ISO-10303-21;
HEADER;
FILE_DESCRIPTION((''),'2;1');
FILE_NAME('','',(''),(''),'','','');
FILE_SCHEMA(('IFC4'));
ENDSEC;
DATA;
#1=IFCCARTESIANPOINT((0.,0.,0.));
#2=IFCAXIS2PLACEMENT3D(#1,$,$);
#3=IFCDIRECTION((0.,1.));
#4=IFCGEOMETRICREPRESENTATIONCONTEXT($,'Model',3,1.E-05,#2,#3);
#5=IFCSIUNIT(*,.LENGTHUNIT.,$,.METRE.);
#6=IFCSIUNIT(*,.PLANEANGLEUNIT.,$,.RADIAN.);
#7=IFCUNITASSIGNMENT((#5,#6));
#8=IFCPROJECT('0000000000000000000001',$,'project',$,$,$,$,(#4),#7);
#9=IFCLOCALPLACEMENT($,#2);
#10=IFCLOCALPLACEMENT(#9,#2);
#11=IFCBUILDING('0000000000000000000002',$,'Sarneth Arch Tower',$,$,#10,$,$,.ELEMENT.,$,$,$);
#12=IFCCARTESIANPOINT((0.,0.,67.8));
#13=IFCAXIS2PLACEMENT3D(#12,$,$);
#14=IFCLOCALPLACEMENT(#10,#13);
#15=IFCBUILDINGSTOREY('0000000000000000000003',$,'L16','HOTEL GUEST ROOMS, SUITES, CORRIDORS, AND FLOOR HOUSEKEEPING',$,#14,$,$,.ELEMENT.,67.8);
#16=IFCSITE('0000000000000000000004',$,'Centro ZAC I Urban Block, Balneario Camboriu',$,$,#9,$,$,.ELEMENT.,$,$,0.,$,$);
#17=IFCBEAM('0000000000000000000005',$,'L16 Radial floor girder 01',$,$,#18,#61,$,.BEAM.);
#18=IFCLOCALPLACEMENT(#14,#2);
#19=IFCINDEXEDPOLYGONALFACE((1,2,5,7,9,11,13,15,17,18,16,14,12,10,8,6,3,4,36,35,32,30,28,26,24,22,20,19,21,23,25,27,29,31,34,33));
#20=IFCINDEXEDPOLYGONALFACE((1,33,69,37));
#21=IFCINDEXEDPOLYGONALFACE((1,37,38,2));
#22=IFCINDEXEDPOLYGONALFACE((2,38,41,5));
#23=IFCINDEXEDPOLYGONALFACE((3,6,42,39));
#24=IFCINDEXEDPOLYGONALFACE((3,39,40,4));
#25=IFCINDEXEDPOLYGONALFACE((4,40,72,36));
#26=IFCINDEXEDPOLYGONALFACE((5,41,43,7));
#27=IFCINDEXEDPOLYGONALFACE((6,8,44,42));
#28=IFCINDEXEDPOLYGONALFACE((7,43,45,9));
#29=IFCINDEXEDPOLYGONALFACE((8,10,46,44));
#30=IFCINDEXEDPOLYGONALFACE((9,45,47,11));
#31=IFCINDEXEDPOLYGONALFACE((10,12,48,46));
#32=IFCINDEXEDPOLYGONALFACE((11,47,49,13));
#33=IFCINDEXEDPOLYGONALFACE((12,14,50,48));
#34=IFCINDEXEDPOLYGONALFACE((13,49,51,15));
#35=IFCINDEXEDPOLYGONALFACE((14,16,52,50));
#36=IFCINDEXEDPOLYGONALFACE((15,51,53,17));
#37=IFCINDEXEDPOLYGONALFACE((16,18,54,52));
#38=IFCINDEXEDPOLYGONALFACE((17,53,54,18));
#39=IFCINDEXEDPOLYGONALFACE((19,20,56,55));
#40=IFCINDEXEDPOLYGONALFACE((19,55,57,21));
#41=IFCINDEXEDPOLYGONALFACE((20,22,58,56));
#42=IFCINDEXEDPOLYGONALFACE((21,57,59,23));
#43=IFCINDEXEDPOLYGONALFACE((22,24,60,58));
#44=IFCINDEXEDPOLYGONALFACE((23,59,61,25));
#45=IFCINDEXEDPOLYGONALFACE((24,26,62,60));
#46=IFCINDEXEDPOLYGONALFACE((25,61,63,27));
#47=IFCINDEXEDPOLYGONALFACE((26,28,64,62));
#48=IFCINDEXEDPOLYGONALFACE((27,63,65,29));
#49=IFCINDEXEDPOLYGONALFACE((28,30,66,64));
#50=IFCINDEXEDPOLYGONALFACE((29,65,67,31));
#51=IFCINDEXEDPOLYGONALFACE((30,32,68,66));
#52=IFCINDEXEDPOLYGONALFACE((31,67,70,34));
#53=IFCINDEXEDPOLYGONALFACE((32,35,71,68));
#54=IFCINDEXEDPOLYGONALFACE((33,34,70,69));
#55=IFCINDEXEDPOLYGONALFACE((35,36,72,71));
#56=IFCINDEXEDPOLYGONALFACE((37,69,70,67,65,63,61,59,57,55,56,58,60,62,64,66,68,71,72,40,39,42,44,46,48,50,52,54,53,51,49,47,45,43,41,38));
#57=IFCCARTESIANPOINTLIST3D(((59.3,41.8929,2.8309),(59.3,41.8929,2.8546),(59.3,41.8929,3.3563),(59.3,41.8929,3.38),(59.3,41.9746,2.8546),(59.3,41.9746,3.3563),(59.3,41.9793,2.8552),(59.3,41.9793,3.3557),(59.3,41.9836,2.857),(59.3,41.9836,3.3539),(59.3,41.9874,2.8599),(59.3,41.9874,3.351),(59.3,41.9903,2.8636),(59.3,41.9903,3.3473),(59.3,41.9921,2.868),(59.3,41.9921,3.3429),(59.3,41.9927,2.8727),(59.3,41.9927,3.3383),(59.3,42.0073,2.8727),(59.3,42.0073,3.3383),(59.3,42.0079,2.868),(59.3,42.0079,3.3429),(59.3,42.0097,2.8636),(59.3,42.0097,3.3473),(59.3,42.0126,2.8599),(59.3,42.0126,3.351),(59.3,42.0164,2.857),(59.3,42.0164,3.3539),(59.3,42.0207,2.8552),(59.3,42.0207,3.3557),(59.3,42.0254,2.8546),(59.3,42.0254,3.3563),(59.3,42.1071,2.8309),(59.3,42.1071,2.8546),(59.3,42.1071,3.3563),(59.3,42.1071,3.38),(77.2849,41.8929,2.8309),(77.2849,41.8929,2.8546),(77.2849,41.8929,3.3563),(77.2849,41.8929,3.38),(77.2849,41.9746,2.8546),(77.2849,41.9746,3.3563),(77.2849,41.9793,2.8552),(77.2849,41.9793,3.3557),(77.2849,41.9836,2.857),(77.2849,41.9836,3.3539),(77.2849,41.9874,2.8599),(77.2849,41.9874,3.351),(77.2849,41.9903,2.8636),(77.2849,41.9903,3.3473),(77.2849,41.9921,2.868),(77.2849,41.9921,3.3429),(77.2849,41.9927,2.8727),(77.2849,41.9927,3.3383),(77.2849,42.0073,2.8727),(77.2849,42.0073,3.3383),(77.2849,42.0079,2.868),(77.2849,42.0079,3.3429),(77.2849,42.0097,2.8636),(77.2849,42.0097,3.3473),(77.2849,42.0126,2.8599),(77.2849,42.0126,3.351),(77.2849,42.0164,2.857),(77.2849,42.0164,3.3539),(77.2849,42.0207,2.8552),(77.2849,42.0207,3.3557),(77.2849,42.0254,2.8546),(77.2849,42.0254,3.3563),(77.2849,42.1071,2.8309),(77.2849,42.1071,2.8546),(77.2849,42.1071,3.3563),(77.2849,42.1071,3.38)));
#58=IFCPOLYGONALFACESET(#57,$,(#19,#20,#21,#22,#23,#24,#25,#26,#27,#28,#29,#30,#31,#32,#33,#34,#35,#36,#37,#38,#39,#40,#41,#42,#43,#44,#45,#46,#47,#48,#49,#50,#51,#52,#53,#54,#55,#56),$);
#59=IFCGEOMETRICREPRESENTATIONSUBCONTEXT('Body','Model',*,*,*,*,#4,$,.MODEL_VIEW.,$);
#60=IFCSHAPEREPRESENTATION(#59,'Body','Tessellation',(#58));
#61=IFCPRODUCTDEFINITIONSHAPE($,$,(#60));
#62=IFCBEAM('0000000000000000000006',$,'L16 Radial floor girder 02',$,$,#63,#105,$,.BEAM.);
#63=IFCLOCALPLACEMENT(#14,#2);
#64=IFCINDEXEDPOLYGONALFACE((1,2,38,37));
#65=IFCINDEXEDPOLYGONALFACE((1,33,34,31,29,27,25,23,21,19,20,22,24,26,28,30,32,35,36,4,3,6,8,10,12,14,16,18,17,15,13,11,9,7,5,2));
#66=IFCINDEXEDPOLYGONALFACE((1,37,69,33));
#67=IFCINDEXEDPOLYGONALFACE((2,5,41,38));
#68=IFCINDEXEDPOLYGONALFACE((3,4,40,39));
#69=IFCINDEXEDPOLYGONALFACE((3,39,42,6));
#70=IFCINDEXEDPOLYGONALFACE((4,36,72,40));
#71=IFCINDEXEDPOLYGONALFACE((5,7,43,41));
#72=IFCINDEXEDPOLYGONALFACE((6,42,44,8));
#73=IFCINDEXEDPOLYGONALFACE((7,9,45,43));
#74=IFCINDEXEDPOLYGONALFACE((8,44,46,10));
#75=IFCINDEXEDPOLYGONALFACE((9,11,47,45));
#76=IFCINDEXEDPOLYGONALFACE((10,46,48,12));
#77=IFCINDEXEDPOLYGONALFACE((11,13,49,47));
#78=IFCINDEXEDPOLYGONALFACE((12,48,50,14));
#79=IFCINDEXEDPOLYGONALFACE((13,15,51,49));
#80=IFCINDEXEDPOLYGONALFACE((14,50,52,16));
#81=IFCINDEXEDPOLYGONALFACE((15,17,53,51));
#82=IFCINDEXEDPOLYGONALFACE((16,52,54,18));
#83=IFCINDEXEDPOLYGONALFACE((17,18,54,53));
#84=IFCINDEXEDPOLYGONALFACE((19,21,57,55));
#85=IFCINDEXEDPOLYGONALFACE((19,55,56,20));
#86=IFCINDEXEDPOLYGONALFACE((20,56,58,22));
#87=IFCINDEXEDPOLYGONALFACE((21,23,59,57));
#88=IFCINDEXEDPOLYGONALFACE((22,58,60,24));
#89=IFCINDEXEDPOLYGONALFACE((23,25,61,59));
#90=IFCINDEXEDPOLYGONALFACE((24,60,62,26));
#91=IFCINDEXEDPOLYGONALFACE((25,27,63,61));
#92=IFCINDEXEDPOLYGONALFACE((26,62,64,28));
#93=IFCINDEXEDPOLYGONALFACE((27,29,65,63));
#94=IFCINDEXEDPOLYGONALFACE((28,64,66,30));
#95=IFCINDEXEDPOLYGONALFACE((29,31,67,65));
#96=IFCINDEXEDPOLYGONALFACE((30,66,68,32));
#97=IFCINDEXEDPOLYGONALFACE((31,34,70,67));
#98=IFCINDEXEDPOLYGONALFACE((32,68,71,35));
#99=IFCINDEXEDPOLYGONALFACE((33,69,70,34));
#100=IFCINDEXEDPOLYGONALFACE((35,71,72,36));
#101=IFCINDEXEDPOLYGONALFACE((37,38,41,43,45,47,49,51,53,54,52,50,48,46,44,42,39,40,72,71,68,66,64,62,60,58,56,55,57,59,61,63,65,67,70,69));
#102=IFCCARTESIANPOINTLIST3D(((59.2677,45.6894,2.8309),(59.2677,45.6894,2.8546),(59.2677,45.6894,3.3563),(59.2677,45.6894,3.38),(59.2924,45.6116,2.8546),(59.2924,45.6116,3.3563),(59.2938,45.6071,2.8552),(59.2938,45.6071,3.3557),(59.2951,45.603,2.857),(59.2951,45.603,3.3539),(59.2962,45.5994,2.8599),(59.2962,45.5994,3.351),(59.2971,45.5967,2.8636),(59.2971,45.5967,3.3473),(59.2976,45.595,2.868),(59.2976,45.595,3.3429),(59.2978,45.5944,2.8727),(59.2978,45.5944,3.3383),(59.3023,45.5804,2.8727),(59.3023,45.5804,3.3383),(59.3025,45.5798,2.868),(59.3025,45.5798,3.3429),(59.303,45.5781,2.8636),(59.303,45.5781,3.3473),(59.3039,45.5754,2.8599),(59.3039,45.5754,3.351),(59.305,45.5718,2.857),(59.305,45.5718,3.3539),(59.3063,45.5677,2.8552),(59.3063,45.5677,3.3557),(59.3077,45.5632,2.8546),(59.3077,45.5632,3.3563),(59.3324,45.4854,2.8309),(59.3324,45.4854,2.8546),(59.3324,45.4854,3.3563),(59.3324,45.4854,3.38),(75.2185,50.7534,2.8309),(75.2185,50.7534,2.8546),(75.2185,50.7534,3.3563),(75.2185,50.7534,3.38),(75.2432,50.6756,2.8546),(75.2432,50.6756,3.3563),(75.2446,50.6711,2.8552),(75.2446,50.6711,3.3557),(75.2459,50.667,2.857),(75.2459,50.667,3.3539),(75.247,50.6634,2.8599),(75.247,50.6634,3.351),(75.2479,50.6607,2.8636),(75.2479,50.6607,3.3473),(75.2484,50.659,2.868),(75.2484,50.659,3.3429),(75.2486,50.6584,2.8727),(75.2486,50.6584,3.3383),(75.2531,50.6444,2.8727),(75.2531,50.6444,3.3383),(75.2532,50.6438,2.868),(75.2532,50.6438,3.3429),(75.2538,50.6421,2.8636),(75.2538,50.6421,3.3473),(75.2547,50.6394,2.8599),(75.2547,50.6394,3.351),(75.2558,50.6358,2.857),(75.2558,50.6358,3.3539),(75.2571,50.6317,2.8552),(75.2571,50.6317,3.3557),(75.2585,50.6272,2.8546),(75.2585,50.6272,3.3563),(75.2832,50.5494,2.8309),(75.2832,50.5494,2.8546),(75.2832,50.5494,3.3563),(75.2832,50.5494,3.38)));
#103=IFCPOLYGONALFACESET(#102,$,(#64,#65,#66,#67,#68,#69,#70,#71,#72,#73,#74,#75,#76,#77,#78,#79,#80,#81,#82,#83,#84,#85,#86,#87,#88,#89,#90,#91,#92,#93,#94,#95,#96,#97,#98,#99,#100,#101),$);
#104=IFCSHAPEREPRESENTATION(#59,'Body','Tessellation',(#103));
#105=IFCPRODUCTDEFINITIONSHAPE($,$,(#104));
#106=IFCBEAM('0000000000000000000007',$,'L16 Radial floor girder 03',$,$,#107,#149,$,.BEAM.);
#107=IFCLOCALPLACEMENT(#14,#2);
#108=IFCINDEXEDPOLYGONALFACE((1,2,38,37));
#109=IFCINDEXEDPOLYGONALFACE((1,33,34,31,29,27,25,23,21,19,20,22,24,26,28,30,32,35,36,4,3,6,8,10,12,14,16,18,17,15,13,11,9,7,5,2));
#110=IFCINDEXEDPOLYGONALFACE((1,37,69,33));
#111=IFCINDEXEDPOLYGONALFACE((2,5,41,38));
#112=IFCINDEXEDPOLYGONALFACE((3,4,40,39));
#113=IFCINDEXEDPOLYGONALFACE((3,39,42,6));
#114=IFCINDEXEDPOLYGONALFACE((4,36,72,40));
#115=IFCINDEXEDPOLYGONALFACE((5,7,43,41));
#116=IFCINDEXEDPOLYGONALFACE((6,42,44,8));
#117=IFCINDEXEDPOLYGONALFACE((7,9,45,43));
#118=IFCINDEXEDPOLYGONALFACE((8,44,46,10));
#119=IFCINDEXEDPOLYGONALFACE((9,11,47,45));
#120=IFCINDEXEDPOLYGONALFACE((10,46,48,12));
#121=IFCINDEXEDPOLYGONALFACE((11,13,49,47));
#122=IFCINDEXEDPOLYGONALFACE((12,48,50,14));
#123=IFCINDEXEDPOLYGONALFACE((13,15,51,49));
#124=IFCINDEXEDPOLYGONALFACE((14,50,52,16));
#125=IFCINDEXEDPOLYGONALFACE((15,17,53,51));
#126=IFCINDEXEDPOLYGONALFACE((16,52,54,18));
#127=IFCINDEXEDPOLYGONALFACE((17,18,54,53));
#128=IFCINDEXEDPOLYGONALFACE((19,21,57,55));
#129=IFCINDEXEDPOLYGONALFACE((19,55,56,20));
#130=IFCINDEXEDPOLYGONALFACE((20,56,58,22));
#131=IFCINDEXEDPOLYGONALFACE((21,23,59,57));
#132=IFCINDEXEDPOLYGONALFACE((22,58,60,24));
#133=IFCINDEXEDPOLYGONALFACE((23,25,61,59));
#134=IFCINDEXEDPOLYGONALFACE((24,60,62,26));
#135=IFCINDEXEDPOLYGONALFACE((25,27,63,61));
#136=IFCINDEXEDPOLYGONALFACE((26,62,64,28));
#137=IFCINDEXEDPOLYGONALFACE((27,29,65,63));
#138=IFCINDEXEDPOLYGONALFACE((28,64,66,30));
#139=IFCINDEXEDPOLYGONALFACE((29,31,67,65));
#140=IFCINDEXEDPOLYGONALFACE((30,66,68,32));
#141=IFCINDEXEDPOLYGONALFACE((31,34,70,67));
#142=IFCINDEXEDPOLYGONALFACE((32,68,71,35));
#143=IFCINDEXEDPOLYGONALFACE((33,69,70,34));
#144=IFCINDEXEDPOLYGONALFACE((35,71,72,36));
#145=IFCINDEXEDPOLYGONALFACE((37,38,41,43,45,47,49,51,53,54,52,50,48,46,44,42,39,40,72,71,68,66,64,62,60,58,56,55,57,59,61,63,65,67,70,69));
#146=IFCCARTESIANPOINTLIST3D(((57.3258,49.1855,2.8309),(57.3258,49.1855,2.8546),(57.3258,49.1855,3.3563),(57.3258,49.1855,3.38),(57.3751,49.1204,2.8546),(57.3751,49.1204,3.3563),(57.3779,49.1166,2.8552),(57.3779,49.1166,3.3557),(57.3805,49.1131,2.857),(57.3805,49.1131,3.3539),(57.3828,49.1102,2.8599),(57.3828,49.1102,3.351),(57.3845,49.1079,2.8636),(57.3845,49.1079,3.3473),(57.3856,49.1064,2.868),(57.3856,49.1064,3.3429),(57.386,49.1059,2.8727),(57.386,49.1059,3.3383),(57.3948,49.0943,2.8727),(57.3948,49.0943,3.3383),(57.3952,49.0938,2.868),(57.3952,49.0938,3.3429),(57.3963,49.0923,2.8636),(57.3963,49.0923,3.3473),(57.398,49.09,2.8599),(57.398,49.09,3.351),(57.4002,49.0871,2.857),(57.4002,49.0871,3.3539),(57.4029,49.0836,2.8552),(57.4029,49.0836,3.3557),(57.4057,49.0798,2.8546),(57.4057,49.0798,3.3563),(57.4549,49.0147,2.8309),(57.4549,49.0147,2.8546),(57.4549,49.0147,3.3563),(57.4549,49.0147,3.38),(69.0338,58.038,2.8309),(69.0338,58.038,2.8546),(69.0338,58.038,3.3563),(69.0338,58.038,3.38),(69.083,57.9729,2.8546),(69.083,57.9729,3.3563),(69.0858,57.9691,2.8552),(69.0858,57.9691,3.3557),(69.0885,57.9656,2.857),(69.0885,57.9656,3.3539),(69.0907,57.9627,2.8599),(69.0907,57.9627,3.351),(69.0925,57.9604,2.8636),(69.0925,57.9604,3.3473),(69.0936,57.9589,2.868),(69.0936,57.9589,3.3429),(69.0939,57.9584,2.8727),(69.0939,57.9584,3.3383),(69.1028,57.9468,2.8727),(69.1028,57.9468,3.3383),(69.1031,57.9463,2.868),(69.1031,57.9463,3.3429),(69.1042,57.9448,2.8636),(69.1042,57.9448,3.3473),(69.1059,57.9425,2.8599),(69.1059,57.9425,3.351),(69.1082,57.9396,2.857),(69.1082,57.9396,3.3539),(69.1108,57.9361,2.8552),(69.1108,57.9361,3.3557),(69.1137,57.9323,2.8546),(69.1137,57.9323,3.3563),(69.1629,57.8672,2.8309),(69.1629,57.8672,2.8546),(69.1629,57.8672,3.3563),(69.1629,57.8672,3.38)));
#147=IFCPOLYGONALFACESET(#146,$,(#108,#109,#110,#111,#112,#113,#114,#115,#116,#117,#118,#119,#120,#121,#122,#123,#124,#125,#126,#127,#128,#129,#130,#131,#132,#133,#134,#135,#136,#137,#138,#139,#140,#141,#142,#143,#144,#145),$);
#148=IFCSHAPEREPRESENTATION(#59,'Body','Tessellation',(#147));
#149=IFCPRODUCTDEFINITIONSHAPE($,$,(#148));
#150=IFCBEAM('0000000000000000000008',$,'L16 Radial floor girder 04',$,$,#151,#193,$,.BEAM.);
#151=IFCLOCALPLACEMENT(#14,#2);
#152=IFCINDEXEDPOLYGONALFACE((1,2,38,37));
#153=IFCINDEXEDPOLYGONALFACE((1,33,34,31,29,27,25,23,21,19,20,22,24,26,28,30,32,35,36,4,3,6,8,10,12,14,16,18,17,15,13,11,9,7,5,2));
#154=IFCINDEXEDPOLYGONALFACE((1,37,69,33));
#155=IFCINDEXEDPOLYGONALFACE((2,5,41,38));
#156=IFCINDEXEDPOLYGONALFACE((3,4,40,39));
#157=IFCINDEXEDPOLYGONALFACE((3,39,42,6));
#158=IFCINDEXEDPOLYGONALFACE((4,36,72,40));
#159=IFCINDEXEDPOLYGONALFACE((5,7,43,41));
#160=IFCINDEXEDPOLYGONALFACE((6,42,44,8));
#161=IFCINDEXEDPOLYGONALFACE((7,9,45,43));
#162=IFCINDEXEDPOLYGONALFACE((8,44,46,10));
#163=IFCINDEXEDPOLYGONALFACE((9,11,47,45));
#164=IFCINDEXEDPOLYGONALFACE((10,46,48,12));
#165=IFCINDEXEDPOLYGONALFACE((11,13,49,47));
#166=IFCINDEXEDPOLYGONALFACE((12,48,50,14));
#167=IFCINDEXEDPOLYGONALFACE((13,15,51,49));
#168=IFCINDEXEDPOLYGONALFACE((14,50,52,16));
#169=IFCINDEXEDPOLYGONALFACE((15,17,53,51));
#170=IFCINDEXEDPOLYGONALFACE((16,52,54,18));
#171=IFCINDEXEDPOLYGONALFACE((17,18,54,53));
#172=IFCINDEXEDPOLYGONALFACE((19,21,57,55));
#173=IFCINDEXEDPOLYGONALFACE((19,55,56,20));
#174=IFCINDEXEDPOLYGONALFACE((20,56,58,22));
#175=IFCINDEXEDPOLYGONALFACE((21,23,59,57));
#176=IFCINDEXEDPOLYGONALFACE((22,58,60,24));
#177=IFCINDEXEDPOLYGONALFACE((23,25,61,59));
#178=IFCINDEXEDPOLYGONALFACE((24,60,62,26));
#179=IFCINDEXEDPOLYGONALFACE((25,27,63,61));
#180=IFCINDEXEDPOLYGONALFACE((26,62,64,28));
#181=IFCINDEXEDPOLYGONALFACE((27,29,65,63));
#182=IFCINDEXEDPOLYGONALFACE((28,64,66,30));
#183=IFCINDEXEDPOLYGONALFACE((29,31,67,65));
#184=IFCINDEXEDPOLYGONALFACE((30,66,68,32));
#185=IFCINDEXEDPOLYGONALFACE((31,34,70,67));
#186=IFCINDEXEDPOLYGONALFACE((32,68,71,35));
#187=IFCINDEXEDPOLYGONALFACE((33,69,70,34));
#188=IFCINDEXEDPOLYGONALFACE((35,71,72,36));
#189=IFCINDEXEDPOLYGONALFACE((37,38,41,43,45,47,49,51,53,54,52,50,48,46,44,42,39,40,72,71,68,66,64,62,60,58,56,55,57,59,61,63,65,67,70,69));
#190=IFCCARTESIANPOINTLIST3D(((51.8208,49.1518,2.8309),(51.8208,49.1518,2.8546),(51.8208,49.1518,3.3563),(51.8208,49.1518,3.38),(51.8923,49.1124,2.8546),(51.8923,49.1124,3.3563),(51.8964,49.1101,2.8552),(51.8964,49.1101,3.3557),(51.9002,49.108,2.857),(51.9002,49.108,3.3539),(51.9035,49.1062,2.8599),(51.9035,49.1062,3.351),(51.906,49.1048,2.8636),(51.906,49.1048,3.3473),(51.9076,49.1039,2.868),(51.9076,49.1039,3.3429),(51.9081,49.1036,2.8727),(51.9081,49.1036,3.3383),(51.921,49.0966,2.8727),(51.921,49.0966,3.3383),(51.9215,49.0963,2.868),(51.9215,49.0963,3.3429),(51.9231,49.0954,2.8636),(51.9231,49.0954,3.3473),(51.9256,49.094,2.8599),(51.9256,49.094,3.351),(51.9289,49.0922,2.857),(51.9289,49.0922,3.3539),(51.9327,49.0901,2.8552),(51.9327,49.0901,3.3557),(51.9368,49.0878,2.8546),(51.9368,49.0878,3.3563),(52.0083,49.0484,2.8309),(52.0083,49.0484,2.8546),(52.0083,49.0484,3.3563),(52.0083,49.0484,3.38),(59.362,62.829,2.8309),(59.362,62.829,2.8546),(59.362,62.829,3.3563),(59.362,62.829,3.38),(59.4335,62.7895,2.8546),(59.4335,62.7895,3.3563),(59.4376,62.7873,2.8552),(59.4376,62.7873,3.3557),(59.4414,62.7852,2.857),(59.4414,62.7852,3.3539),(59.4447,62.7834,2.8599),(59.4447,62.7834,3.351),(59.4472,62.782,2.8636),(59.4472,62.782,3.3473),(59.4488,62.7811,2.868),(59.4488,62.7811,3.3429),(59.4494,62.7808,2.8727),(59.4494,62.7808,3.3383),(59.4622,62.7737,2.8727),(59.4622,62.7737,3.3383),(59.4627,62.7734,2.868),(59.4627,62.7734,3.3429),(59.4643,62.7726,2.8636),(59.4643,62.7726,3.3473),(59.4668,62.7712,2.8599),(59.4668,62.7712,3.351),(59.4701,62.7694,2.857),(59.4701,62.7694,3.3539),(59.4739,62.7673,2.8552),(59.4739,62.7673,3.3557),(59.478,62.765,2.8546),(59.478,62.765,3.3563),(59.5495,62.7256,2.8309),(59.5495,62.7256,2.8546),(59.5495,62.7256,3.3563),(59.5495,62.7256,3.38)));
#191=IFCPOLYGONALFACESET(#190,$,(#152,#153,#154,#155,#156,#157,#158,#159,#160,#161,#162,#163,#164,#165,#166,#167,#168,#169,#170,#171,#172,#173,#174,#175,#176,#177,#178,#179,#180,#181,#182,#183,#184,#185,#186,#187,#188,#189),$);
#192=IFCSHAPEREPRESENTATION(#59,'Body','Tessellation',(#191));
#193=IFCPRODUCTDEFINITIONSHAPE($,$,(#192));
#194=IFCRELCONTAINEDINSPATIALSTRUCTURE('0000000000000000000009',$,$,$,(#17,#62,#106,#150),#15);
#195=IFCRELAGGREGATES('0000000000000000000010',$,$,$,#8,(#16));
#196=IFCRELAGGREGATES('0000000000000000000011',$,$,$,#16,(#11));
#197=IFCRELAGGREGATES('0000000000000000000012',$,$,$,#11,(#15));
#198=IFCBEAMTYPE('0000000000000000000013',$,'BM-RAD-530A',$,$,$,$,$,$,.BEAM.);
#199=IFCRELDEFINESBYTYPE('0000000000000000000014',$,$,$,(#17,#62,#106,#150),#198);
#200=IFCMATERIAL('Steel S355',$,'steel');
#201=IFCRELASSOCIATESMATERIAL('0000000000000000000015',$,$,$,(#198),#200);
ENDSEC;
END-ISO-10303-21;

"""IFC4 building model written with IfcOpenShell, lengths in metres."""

from ifc_helpers import new_model, si_unit, direction, frame, origin, origin_2d, place, context, subcontext, project, spatial, i_section, extrude, material, material_profile, profile_set, type_object, element, save


model = new_model("IFC4")

# Units and contexts
model_context = context("Model", 3, precision=1e-05, world=origin(), true_north=direction((0.0, 1.0)))
body_context = subcontext(model_context, "Body", "Model", "MODEL_VIEW")
ifc_project = project(units=[si_unit("LENGTHUNIT", "METRE"), si_unit("PLANEANGLEUNIT", "RADIAN")], contexts=[model_context])

# Site, building, storey
site_placement = place(None, origin())
site = spatial("IfcSite", under=ifc_project, at=site_placement, Name="Centro ZAC I Urban Block, Balneario Camboriu", CompositionType="ELEMENT", RefElevation=0.0)
building_placement = place(site_placement, origin())
building = spatial("IfcBuilding", under=site, at=building_placement, Name="Sarneth Arch Tower", CompositionType="ELEMENT")
storey_placement = place(building_placement, frame((0.0, 0.0, 67.8)))
storey = spatial("IfcBuildingStorey", under=building, at=storey_placement, Name="L16", Description="HOTEL GUEST ROOMS, SUITES, CORRIDORS, AND FLOOR HOUSEKEEPING", CompositionType="ELEMENT", Elevation=67.8)

# Beams
ifc_material_1 = material(Name="Steel S355", Category="steel")
ifc_material_profile = material_profile(ifc_material_1, i_section(OverallWidth=0.2141, OverallDepth=0.5491, WebThickness=0.0146, FlangeThickness=0.0237, FilletRadius=0.0181, at=origin_2d()), Name="W530x138")
ifc_profile_set = profile_set([ifc_material_profile], Name="Steel S355")
beam_type = type_object("IfcBeamType", Name="BM-RAD-530A", PredefinedType="BEAM", material=ifc_profile_set)
beam_1_placement = place(storey_placement, frame((59.3, 42.0, 3.1055), z_axis=(1.0, 0.0, 0.0), x_axis=(0.0, 1.0, 0.0)))
element("IfcBeam", 1, at=beam_1_placement, inside=storey, type_object=beam_type, Name="L16 Radial floor girder 01", PredefinedType="BEAM", context=body_context, shape_type="SweptSolid", body=[
    extrude(i_section(OverallWidth=0.2141, OverallDepth=0.5491, WebThickness=0.0146, FlangeThickness=0.0237, FilletRadius=0.0181, at=origin_2d()), origin(), (0.0, 0.0, 1.0), 17.9849),
])
beam_2_placement = place(storey_placement, frame((59.3, 45.5874, 3.1055), z_axis=(0.95312, 0.302593, 0.0), x_axis=(-0.302593, 0.95312, 0.0)))
element("IfcBeam", 2, at=beam_2_placement, inside=storey, type_object=beam_type, Name="L16 Radial floor girder 02", PredefinedType="BEAM", context=body_context, shape_type="SweptSolid", body=[
    extrude(i_section(OverallWidth=0.2141, OverallDepth=0.5491, WebThickness=0.0146, FlangeThickness=0.0237, FilletRadius=0.0181, at=origin_2d()), origin(), (0.0, 0.0, 1.0), 16.7354),
])
beam_3_placement = place(storey_placement, frame((57.3904, 49.1001, 3.1055), z_axis=(0.797655, 0.603114, 0.0), x_axis=(-0.603114, 0.797655, 0.0)))
element("IfcBeam", 3, at=beam_3_placement, inside=storey, type_object=beam_type, Name="L16 Radial floor girder 03", PredefinedType="BEAM", context=body_context, shape_type="SweptSolid", body=[
    extrude(i_section(OverallWidth=0.2141, OverallDepth=0.5491, WebThickness=0.0146, FlangeThickness=0.0237, FilletRadius=0.0181, at=origin_2d()), origin(), (0.0, 0.0, 1.0), 14.678),
])
beam_4_placement = place(storey_placement, frame((51.9146, 49.1001, 3.1055), z_axis=(0.482841, 0.875708, 0.0), x_axis=(-0.875708, 0.482841, 0.0)))
element("IfcBeam", 4, at=beam_4_placement, inside=storey, type_object=beam_type, Name="L16 Radial floor girder 04", PredefinedType="BEAM", context=body_context, shape_type="SweptSolid", body=[
    extrude(i_section(OverallWidth=0.2141, OverallDepth=0.5491, WebThickness=0.0146, FlangeThickness=0.0237, FilletRadius=0.0181, at=origin_2d()), origin(), (0.0, 0.0, 1.0), 15.6184),
])

save(model, "model.ifc")
